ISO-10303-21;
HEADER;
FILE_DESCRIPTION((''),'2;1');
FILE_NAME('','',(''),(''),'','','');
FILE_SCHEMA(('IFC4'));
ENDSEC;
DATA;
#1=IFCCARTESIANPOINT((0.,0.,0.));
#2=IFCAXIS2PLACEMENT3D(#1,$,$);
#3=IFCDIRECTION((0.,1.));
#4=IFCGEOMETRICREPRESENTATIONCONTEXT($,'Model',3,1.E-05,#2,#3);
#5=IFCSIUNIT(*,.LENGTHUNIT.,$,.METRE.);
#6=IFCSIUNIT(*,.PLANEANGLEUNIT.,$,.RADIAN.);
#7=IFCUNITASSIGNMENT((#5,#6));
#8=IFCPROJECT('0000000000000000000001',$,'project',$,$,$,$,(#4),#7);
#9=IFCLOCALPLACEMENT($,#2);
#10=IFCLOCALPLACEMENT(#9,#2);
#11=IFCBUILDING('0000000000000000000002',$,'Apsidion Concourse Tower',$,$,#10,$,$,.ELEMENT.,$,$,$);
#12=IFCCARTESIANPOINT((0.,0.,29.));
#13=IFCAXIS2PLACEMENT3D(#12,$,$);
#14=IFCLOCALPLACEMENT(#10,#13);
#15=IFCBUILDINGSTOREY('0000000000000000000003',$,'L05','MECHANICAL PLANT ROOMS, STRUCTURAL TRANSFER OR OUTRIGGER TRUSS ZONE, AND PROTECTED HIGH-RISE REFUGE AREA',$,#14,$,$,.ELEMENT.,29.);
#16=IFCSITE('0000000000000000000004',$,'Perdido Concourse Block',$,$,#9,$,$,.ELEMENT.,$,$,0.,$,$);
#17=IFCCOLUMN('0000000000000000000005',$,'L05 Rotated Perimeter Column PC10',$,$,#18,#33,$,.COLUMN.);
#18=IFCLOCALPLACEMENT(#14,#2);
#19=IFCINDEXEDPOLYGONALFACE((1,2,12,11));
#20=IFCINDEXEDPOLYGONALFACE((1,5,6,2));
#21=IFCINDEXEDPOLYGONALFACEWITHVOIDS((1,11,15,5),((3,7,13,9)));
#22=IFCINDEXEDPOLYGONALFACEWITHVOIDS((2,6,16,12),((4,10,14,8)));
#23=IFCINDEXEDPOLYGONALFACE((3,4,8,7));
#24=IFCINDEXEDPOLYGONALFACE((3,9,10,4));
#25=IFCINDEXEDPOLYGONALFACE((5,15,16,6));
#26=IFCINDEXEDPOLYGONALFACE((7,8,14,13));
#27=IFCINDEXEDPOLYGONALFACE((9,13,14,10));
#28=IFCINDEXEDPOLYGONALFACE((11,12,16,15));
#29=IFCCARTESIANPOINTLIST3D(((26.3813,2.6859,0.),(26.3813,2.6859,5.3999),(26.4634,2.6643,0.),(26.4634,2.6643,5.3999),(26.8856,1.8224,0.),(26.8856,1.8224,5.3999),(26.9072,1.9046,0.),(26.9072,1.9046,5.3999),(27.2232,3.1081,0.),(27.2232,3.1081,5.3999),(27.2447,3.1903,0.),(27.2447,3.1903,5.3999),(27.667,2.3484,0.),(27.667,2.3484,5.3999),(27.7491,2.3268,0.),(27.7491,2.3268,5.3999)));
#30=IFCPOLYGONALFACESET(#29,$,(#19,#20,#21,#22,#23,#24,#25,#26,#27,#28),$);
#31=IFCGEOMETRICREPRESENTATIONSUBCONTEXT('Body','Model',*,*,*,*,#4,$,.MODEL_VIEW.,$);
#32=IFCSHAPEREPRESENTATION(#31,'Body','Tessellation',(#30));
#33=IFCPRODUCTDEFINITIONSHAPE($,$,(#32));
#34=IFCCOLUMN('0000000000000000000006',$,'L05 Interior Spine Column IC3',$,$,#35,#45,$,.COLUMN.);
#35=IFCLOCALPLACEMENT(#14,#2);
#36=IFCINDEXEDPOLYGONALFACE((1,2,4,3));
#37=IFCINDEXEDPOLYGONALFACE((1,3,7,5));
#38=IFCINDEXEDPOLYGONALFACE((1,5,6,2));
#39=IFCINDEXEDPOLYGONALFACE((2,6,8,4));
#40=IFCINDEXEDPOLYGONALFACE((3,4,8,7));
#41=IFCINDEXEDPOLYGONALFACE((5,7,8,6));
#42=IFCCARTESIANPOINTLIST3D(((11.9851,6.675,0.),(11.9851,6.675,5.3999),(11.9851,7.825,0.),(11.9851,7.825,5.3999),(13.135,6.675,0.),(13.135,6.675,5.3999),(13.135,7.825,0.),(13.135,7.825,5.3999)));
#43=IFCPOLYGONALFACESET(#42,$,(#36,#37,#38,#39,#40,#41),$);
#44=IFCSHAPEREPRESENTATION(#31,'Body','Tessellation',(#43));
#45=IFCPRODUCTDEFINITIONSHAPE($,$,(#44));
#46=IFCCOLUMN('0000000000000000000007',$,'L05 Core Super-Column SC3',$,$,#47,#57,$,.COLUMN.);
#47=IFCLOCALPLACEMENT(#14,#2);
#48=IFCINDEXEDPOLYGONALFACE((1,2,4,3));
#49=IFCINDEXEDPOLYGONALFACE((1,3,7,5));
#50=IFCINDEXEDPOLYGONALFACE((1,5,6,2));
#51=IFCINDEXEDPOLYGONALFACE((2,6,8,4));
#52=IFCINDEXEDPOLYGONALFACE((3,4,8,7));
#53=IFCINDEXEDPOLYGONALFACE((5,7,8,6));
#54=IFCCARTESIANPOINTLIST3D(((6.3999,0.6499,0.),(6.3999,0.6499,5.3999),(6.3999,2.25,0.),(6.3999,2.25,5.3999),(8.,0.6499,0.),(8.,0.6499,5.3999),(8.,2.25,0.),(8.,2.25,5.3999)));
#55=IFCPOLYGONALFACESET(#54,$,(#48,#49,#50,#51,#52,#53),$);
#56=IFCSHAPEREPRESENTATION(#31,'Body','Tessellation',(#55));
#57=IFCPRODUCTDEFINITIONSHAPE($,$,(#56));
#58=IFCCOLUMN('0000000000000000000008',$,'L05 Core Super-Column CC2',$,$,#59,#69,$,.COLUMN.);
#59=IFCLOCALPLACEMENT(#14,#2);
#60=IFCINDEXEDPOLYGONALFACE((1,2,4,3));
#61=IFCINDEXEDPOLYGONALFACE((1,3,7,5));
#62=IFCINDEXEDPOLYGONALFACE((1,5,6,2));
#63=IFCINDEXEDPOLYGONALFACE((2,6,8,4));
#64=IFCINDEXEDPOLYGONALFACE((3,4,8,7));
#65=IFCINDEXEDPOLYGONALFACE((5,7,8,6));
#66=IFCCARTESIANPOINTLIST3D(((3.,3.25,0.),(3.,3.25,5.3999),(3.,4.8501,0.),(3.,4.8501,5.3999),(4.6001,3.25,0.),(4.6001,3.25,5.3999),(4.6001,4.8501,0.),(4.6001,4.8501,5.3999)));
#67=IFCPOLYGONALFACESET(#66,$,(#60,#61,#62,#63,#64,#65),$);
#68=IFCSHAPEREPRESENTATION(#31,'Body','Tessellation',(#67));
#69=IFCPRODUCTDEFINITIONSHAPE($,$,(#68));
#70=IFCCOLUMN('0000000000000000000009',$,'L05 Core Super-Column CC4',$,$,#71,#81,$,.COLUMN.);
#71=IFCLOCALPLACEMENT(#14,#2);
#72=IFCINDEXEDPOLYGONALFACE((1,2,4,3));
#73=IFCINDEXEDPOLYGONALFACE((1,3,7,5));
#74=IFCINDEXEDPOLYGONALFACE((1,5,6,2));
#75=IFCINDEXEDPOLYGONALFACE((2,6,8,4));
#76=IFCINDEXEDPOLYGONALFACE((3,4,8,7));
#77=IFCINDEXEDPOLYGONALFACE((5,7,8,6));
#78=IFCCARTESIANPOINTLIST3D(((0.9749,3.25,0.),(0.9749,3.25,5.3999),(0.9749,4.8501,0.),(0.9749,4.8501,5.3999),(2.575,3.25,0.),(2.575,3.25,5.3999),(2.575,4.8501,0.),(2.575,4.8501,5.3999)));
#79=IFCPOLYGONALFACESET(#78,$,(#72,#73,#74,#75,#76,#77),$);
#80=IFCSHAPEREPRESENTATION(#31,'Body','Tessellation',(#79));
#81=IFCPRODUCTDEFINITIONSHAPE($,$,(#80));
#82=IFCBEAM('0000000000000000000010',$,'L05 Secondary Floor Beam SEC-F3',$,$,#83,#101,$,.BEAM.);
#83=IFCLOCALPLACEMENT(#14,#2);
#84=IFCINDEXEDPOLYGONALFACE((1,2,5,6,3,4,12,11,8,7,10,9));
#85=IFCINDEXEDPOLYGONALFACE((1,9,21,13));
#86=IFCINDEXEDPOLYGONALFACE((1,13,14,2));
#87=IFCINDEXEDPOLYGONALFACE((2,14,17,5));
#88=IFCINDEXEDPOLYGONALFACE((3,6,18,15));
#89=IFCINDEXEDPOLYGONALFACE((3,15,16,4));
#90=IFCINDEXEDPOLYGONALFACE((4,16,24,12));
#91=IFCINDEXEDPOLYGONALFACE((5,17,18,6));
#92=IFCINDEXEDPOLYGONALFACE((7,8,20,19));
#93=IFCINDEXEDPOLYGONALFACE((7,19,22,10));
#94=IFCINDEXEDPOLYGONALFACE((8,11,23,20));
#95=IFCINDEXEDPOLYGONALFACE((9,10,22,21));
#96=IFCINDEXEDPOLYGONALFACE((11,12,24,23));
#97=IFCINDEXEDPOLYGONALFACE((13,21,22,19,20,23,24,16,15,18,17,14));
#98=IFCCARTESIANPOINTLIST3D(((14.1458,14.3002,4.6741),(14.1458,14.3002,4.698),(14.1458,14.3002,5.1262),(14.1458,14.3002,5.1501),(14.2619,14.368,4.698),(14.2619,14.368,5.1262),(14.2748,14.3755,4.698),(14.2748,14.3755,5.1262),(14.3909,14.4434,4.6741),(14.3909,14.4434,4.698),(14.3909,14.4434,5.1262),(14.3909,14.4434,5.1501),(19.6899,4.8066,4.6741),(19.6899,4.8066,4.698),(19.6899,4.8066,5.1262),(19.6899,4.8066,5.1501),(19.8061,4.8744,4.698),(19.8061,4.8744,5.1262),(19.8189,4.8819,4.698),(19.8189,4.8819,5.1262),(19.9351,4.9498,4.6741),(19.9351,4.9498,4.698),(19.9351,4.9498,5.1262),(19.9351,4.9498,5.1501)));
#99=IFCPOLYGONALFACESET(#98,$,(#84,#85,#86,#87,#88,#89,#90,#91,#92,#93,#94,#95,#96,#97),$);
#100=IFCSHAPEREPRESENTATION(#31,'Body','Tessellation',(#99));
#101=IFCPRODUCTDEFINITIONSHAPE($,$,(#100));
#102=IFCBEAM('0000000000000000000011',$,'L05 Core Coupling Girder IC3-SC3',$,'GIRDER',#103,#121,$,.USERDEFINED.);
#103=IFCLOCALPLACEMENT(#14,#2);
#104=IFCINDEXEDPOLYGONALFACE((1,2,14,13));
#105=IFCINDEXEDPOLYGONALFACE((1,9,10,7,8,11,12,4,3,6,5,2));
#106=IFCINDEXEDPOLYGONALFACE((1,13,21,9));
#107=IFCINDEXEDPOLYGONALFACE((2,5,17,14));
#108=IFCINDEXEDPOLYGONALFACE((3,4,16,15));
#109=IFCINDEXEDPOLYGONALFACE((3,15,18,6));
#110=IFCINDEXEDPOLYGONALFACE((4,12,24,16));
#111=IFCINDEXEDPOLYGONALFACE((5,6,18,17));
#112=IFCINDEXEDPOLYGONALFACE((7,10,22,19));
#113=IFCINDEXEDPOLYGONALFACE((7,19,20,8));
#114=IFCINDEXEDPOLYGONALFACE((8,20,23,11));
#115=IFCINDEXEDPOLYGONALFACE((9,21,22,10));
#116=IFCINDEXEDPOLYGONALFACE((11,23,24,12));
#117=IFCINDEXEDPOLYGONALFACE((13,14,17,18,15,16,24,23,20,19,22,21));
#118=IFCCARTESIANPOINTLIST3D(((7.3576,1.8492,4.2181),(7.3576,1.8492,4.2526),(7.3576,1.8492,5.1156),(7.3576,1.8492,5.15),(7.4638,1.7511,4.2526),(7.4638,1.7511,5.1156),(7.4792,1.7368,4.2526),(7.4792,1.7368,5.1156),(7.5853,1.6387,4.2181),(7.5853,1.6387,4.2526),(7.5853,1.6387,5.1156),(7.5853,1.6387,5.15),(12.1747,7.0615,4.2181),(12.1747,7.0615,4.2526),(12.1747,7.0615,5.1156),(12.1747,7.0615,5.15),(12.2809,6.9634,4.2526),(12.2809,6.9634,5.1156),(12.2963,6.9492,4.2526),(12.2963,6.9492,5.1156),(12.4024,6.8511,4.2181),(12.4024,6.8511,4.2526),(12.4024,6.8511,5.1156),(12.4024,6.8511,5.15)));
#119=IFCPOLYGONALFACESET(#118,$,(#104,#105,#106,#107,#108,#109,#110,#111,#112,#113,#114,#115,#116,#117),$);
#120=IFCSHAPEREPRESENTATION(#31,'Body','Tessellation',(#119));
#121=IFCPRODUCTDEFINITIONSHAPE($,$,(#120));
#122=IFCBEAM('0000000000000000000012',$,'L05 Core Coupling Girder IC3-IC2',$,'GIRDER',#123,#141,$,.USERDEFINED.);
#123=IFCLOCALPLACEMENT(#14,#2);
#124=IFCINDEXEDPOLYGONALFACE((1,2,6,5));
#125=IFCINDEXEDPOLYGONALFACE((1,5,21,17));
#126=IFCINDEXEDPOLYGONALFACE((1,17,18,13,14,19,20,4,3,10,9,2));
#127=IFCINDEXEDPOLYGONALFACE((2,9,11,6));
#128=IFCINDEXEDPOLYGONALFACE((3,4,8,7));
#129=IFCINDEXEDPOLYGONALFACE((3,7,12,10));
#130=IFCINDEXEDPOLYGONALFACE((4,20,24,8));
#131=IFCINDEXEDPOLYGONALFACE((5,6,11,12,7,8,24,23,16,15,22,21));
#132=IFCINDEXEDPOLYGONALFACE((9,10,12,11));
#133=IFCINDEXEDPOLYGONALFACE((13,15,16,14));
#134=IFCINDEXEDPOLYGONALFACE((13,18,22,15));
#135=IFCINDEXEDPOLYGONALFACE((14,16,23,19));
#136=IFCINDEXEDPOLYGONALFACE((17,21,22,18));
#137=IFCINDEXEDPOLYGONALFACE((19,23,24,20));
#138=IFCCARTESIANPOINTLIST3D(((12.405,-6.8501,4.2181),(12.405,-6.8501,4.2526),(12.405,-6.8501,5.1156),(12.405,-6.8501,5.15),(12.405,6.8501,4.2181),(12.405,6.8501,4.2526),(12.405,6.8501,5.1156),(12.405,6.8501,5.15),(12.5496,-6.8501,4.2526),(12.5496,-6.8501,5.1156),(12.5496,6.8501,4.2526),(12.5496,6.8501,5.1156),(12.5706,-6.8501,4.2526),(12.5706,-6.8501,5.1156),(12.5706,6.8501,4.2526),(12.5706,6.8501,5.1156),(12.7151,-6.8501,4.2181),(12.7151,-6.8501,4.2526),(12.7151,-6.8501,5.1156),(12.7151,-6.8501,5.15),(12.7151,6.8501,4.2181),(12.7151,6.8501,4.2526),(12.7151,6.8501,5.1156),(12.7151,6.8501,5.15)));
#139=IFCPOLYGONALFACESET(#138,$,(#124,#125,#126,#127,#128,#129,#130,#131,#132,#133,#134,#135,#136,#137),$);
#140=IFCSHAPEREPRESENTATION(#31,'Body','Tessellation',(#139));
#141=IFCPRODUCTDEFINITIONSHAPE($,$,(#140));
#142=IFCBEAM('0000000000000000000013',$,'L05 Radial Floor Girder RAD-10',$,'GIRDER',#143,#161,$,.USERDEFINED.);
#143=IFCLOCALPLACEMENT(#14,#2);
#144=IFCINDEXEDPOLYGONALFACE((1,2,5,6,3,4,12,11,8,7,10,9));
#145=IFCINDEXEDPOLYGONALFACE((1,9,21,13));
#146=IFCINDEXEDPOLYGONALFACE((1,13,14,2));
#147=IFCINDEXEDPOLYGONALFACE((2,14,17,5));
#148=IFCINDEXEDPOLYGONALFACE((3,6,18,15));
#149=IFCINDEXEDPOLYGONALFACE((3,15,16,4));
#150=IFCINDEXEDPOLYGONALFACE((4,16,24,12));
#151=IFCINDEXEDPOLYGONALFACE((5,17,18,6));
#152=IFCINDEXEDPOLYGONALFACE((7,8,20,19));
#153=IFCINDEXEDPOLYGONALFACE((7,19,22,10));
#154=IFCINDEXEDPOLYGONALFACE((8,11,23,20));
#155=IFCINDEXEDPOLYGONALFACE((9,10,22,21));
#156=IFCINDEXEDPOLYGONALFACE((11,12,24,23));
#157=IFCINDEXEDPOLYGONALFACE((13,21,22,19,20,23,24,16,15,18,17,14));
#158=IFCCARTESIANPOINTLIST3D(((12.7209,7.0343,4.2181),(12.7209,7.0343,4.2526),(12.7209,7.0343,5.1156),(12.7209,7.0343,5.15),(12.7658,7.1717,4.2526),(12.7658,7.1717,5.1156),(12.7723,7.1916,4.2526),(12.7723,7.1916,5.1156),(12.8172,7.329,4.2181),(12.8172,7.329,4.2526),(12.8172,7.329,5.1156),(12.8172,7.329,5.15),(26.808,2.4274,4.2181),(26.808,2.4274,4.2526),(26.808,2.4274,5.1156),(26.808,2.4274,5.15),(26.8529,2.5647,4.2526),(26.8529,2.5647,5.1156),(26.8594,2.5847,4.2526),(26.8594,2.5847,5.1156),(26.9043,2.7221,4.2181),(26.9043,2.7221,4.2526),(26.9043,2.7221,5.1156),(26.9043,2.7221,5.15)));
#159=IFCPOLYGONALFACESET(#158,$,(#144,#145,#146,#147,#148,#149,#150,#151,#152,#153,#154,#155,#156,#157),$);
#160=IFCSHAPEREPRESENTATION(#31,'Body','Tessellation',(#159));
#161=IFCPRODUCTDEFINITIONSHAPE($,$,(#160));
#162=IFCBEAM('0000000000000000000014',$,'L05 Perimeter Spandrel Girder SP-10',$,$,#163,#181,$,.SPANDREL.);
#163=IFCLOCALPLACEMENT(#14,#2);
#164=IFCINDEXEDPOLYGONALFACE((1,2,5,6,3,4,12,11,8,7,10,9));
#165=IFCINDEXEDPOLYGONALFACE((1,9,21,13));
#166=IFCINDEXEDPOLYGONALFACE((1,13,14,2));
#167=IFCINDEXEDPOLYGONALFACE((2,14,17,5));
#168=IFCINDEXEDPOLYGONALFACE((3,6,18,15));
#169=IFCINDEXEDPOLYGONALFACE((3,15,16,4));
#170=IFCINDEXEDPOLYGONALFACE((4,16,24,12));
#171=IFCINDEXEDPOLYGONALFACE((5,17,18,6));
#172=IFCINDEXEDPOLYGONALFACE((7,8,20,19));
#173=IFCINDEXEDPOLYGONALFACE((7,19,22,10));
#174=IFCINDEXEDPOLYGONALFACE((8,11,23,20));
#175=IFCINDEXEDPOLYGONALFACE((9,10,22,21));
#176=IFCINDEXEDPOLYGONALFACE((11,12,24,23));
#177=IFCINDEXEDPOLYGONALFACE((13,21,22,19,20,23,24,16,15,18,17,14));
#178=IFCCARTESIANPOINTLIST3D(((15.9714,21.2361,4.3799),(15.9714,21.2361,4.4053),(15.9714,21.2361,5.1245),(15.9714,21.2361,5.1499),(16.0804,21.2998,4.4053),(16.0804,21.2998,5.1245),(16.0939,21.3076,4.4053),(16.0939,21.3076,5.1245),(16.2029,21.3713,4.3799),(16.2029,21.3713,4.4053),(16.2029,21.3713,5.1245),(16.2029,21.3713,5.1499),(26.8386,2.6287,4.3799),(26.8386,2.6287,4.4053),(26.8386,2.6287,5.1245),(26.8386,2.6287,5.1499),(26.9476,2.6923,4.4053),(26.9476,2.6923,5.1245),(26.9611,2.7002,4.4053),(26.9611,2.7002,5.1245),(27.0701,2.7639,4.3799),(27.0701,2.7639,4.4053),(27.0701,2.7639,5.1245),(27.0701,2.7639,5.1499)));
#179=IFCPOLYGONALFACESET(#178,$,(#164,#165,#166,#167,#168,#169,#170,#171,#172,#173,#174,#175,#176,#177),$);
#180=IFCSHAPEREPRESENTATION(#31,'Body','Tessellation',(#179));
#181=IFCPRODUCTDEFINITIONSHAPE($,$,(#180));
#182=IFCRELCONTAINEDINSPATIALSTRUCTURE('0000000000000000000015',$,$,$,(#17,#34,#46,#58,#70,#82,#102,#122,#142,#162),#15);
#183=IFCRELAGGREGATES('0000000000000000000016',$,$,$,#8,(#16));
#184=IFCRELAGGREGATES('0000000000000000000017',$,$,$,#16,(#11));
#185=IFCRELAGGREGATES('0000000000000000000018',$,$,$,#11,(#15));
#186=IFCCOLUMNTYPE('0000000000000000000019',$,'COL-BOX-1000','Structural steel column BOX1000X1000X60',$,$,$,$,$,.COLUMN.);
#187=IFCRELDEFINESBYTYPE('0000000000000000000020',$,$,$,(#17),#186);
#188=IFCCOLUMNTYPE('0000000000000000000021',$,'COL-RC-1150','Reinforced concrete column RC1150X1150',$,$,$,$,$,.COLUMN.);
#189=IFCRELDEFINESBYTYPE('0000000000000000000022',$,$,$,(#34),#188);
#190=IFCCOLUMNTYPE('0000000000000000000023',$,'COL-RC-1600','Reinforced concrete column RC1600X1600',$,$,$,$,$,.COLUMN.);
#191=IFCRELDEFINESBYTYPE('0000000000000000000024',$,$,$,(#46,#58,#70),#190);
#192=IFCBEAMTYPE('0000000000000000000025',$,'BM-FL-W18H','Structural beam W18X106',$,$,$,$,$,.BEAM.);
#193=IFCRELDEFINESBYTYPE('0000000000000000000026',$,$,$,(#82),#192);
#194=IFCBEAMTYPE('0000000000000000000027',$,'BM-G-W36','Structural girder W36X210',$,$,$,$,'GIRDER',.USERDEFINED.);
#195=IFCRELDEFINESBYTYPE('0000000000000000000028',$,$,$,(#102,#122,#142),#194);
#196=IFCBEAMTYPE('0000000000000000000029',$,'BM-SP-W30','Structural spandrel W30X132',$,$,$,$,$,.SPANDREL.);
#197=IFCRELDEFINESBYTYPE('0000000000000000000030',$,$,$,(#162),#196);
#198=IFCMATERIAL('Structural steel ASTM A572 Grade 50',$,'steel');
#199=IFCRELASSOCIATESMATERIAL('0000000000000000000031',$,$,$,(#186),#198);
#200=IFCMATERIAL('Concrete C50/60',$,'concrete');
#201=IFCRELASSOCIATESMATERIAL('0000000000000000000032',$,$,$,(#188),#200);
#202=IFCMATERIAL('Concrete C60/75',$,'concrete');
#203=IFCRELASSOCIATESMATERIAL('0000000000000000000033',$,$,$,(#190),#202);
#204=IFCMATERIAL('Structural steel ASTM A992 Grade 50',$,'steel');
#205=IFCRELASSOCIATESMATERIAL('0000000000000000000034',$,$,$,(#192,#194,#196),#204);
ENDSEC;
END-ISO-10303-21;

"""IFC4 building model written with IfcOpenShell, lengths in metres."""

from ifc_helpers import new_model, si_unit, direction, frame, origin, origin_2d, place, context, subcontext, project, spatial, rectangle, hollow_rectangle, i_section, extrude, material, material_profile, profile_set, type_object, element, save


model = new_model("IFC4")

# Units and contexts
model_context = context("Model", 3, precision=1e-05, world=origin(), true_north=direction((0.0, 1.0)))
body_context = subcontext(model_context, "Body", "Model", "MODEL_VIEW")
ifc_project = project(units=[si_unit("LENGTHUNIT", "METRE"), si_unit("PLANEANGLEUNIT", "RADIAN")], contexts=[model_context])

# Site, building, storey
site_placement = place(None, origin())
site = spatial("IfcSite", under=ifc_project, at=site_placement, Name="Perdido Concourse Block", CompositionType="ELEMENT", RefElevation=0.0)
building_placement = place(site_placement, origin())
building = spatial("IfcBuilding", under=site, at=building_placement, Name="Apsidion Concourse Tower", CompositionType="ELEMENT")
storey_placement = place(building_placement, frame((0.0, 0.0, 29.0)))
storey = spatial("IfcBuildingStorey", under=building, at=storey_placement, Name="L05", Description="MECHANICAL PLANT ROOMS, STRUCTURAL TRANSFER OR OUTRIGGER TRUSS ZONE, AND PROTECTED HIGH-RISE REFUGE AREA", CompositionType="ELEMENT", Elevation=29.0)

# Columns
ifc_material_1 = material(Name="Structural steel ASTM A572 Grade 50", Category="steel")
ifc_material_profile_1 = material_profile(ifc_material_1, hollow_rectangle(XDim=1.0, YDim=1.0, WallThickness=0.0601, at=origin_2d()), Name="BOX1000X1000X60")
ifc_profile_set_1 = profile_set([ifc_material_profile_1], Name="Structural steel ASTM A572 Grade 50")
column_type_1 = type_object("IfcColumnType", Name="COL-BOX-1000", Description="Structural steel column BOX1000X1000X60", PredefinedType="COLUMN", material=ifc_profile_set_1)
column_1_placement = place(storey_placement, frame((27.0652, 2.5063, 0.0), z_axis=(0.0, 0.0, 1.0), x_axis=(-0.504377, 0.863484, 0.0)))
element("IfcColumn", 1, at=column_1_placement, inside=storey, type_object=column_type_1, Name="L05 Rotated Perimeter Column PC10", PredefinedType="COLUMN", context=body_context, shape_type="SweptSolid", body=[
    extrude(hollow_rectangle(XDim=1.0, YDim=1.0, WallThickness=0.0601, at=origin_2d()), origin(), (0.0, 0.0, 1.0), 5.3999),
])
ifc_material_2 = material(Name="Concrete C50/60", Category="concrete")
ifc_material_profile_2 = material_profile(ifc_material_2, rectangle(XDim=1.1499, YDim=1.1499, at=origin_2d()), Name="RC 1150x1150")
ifc_profile_set_2 = profile_set([ifc_material_profile_2], Name="Concrete C50/60")
column_type_2 = type_object("IfcColumnType", Name="COL-RC-1150", Description="Reinforced concrete column RC1150X1150", PredefinedType="COLUMN", material=ifc_profile_set_2)
column_2_placement = place(storey_placement, frame((12.5601, 7.25, 0.0), z_axis=(0.0, 0.0, 1.0), x_axis=(1.0, 0.0, 0.0)))
element("IfcColumn", 2, at=column_2_placement, inside=storey, type_object=column_type_2, Name="L05 Interior Spine Column IC3", PredefinedType="COLUMN", context=body_context, shape_type="SweptSolid", body=[
    extrude(rectangle(XDim=1.1499, YDim=1.1499, at=origin_2d()), origin(), (0.0, 0.0, 1.0), 5.3999),
])
ifc_material_3 = material(Name="Concrete C60/75", Category="concrete")
ifc_material_profile_3 = material_profile(ifc_material_3, rectangle(XDim=1.6001, YDim=1.6001, at=origin_2d()), Name="RC 1600x1600")
ifc_profile_set_3 = profile_set([ifc_material_profile_3], Name="Concrete C60/75")
column_type_3 = type_object("IfcColumnType", Name="COL-RC-1600", Description="Reinforced concrete column RC1600X1600", PredefinedType="COLUMN", material=ifc_profile_set_3)
for number, where, z_axis, x_axis, name in (
    (3, (7.2, 1.45, 0.0), (0.0, 0.0, 1.0), (1.0, 0.0, 0.0), "L05 Core Super-Column SC3"),
    (4, (3.8, 4.05, 0.0), (0.0, 0.0, 1.0), (1.0, 0.0, 0.0), "L05 Core Super-Column CC2"),
    (5, (1.7749, 4.05, 0.0), (0.0, 0.0, 1.0), (1.0, 0.0, 0.0), "L05 Core Super-Column CC4"),
):
    element("IfcColumn", number, at=place(storey_placement, frame(where, z_axis=z_axis, x_axis=x_axis)), inside=storey, type_object=column_type_3, Name=name, PredefinedType="COLUMN", context=body_context, shape_type="SweptSolid", body=[
        extrude(rectangle(XDim=1.6001, YDim=1.6001, at=origin_2d()), origin(), (0.0, 0.0, 1.0), 5.3999),
    ])

# Beams
ifc_material_4 = material(Name="Structural steel ASTM A992 Grade 50", Category="steel")
ifc_material_profile_4 = material_profile(ifc_material_4, i_section(OverallWidth=0.2839, OverallDepth=0.4761, WebThickness=0.0149, FlangeThickness=0.0239, at=origin_2d()), Name="W18X106")
ifc_profile_set_4 = profile_set([ifc_material_profile_4], Name="Structural steel ASTM A992 Grade 50")
beam_type_1 = type_object("IfcBeamType", Name="BM-FL-W18H", Description="Structural beam W18X106", PredefinedType="BEAM", material=ifc_profile_set_4)
beam_1_placement = place(storey_placement, frame((19.8125, 4.8782, 4.9121), z_axis=(-0.504293, 0.863532, 0.0), x_axis=(-0.863532, -0.504293, 0.0)))
element("IfcBeam", 6, at=beam_1_placement, inside=storey, type_object=beam_type_1, Name="L05 Secondary Floor Beam SEC-F3", PredefinedType="BEAM", context=body_context, shape_type="SweptSolid", body=[
    extrude(i_section(OverallWidth=0.2839, OverallDepth=0.4761, WebThickness=0.0149, FlangeThickness=0.0239, at=origin_2d()), origin(), (0.0, 0.0, 1.0), 10.9939),
])
ifc_material_profile_5 = material_profile(ifc_material_4, i_section(OverallWidth=0.3101, OverallDepth=0.9319, WebThickness=0.021, FlangeThickness=0.0344, at=origin_2d()), Name="W36X210")
ifc_profile_set_5 = profile_set([ifc_material_profile_5], Name="Structural steel ASTM A992 Grade 50")
beam_type_2 = type_object("IfcBeamType", Name="BM-G-W36", Description="Structural girder W36X210", ElementType="GIRDER", PredefinedType="USERDEFINED", material=ifc_profile_set_5)
beam_2_placement = place(storey_placement, frame((12.2886, 6.9563, 4.6841), z_axis=(-0.678713, -0.734404, 0.0), x_axis=(0.734404, -0.678713, 0.0)))
element("IfcBeam", 7, at=beam_2_placement, inside=storey, type_object=beam_type_2, Name="L05 Core Coupling Girder IC3-SC3", ObjectType="GIRDER", PredefinedType="USERDEFINED", context=body_context, shape_type="SweptSolid", body=[
    extrude(i_section(OverallWidth=0.3101, OverallDepth=0.9319, WebThickness=0.021, FlangeThickness=0.0344, at=origin_2d()), origin(), (0.0, 0.0, 1.0), 7.0974),
])
beam_3_placement = place(storey_placement, frame((12.5601, 6.8501, 4.6841), z_axis=(0.0, -1.0, 0.0), x_axis=(1.0, 0.0, 0.0)))
element("IfcBeam", 8, at=beam_3_placement, inside=storey, type_object=beam_type_2, Name="L05 Core Coupling Girder IC3-IC2", ObjectType="GIRDER", PredefinedType="USERDEFINED", context=body_context, shape_type="SweptSolid", body=[
    extrude(i_section(OverallWidth=0.3101, OverallDepth=0.9319, WebThickness=0.021, FlangeThickness=0.0344, at=origin_2d()), origin(), (0.0, 0.0, 1.0), 13.7002),
])
beam_4_placement = place(storey_placement, frame((12.769, 7.1816, 4.6841), z_axis=(0.950465, -0.310831, 0.0), x_axis=(0.310831, 0.950465, 0.0)))
element("IfcBeam", 9, at=beam_4_placement, inside=storey, type_object=beam_type_2, Name="L05 Radial Floor Girder RAD-10", ObjectType="GIRDER", PredefinedType="USERDEFINED", context=body_context, shape_type="SweptSolid", body=[
    extrude(i_section(OverallWidth=0.3101, OverallDepth=0.9319, WebThickness=0.021, FlangeThickness=0.0344, at=origin_2d()), origin(), (0.0, 0.0, 1.0), 14.8213),
])
ifc_material_profile_6 = material_profile(ifc_material_4, i_section(OverallWidth=0.2681, OverallDepth=0.77, WebThickness=0.0156, FlangeThickness=0.0254, at=origin_2d()), Name="W30X132")
ifc_profile_set_6 = profile_set([ifc_material_profile_6], Name="Structural steel ASTM A992 Grade 50")
beam_type_3 = type_object("IfcBeamType", Name="BM-SP-W30", Description="Structural spandrel W30X132", PredefinedType="SPANDREL", material=ifc_profile_set_6)
beam_5_placement = place(storey_placement, frame((26.9543, 2.6963, 4.7649), z_axis=(-0.504316, 0.863519, 0.0), x_axis=(-0.863519, -0.504316, 0.0)))
element("IfcBeam", 10, at=beam_5_placement, inside=storey, type_object=beam_type_3, Name="L05 Perimeter Spandrel Girder SP-10", PredefinedType="SPANDREL", context=body_context, shape_type="SweptSolid", body=[
    extrude(i_section(OverallWidth=0.2681, OverallDepth=0.77, WebThickness=0.0156, FlangeThickness=0.0254, at=origin_2d()), origin(), (0.0, 0.0, 1.0), 21.5483),
])

save(model, "model.ifc")
